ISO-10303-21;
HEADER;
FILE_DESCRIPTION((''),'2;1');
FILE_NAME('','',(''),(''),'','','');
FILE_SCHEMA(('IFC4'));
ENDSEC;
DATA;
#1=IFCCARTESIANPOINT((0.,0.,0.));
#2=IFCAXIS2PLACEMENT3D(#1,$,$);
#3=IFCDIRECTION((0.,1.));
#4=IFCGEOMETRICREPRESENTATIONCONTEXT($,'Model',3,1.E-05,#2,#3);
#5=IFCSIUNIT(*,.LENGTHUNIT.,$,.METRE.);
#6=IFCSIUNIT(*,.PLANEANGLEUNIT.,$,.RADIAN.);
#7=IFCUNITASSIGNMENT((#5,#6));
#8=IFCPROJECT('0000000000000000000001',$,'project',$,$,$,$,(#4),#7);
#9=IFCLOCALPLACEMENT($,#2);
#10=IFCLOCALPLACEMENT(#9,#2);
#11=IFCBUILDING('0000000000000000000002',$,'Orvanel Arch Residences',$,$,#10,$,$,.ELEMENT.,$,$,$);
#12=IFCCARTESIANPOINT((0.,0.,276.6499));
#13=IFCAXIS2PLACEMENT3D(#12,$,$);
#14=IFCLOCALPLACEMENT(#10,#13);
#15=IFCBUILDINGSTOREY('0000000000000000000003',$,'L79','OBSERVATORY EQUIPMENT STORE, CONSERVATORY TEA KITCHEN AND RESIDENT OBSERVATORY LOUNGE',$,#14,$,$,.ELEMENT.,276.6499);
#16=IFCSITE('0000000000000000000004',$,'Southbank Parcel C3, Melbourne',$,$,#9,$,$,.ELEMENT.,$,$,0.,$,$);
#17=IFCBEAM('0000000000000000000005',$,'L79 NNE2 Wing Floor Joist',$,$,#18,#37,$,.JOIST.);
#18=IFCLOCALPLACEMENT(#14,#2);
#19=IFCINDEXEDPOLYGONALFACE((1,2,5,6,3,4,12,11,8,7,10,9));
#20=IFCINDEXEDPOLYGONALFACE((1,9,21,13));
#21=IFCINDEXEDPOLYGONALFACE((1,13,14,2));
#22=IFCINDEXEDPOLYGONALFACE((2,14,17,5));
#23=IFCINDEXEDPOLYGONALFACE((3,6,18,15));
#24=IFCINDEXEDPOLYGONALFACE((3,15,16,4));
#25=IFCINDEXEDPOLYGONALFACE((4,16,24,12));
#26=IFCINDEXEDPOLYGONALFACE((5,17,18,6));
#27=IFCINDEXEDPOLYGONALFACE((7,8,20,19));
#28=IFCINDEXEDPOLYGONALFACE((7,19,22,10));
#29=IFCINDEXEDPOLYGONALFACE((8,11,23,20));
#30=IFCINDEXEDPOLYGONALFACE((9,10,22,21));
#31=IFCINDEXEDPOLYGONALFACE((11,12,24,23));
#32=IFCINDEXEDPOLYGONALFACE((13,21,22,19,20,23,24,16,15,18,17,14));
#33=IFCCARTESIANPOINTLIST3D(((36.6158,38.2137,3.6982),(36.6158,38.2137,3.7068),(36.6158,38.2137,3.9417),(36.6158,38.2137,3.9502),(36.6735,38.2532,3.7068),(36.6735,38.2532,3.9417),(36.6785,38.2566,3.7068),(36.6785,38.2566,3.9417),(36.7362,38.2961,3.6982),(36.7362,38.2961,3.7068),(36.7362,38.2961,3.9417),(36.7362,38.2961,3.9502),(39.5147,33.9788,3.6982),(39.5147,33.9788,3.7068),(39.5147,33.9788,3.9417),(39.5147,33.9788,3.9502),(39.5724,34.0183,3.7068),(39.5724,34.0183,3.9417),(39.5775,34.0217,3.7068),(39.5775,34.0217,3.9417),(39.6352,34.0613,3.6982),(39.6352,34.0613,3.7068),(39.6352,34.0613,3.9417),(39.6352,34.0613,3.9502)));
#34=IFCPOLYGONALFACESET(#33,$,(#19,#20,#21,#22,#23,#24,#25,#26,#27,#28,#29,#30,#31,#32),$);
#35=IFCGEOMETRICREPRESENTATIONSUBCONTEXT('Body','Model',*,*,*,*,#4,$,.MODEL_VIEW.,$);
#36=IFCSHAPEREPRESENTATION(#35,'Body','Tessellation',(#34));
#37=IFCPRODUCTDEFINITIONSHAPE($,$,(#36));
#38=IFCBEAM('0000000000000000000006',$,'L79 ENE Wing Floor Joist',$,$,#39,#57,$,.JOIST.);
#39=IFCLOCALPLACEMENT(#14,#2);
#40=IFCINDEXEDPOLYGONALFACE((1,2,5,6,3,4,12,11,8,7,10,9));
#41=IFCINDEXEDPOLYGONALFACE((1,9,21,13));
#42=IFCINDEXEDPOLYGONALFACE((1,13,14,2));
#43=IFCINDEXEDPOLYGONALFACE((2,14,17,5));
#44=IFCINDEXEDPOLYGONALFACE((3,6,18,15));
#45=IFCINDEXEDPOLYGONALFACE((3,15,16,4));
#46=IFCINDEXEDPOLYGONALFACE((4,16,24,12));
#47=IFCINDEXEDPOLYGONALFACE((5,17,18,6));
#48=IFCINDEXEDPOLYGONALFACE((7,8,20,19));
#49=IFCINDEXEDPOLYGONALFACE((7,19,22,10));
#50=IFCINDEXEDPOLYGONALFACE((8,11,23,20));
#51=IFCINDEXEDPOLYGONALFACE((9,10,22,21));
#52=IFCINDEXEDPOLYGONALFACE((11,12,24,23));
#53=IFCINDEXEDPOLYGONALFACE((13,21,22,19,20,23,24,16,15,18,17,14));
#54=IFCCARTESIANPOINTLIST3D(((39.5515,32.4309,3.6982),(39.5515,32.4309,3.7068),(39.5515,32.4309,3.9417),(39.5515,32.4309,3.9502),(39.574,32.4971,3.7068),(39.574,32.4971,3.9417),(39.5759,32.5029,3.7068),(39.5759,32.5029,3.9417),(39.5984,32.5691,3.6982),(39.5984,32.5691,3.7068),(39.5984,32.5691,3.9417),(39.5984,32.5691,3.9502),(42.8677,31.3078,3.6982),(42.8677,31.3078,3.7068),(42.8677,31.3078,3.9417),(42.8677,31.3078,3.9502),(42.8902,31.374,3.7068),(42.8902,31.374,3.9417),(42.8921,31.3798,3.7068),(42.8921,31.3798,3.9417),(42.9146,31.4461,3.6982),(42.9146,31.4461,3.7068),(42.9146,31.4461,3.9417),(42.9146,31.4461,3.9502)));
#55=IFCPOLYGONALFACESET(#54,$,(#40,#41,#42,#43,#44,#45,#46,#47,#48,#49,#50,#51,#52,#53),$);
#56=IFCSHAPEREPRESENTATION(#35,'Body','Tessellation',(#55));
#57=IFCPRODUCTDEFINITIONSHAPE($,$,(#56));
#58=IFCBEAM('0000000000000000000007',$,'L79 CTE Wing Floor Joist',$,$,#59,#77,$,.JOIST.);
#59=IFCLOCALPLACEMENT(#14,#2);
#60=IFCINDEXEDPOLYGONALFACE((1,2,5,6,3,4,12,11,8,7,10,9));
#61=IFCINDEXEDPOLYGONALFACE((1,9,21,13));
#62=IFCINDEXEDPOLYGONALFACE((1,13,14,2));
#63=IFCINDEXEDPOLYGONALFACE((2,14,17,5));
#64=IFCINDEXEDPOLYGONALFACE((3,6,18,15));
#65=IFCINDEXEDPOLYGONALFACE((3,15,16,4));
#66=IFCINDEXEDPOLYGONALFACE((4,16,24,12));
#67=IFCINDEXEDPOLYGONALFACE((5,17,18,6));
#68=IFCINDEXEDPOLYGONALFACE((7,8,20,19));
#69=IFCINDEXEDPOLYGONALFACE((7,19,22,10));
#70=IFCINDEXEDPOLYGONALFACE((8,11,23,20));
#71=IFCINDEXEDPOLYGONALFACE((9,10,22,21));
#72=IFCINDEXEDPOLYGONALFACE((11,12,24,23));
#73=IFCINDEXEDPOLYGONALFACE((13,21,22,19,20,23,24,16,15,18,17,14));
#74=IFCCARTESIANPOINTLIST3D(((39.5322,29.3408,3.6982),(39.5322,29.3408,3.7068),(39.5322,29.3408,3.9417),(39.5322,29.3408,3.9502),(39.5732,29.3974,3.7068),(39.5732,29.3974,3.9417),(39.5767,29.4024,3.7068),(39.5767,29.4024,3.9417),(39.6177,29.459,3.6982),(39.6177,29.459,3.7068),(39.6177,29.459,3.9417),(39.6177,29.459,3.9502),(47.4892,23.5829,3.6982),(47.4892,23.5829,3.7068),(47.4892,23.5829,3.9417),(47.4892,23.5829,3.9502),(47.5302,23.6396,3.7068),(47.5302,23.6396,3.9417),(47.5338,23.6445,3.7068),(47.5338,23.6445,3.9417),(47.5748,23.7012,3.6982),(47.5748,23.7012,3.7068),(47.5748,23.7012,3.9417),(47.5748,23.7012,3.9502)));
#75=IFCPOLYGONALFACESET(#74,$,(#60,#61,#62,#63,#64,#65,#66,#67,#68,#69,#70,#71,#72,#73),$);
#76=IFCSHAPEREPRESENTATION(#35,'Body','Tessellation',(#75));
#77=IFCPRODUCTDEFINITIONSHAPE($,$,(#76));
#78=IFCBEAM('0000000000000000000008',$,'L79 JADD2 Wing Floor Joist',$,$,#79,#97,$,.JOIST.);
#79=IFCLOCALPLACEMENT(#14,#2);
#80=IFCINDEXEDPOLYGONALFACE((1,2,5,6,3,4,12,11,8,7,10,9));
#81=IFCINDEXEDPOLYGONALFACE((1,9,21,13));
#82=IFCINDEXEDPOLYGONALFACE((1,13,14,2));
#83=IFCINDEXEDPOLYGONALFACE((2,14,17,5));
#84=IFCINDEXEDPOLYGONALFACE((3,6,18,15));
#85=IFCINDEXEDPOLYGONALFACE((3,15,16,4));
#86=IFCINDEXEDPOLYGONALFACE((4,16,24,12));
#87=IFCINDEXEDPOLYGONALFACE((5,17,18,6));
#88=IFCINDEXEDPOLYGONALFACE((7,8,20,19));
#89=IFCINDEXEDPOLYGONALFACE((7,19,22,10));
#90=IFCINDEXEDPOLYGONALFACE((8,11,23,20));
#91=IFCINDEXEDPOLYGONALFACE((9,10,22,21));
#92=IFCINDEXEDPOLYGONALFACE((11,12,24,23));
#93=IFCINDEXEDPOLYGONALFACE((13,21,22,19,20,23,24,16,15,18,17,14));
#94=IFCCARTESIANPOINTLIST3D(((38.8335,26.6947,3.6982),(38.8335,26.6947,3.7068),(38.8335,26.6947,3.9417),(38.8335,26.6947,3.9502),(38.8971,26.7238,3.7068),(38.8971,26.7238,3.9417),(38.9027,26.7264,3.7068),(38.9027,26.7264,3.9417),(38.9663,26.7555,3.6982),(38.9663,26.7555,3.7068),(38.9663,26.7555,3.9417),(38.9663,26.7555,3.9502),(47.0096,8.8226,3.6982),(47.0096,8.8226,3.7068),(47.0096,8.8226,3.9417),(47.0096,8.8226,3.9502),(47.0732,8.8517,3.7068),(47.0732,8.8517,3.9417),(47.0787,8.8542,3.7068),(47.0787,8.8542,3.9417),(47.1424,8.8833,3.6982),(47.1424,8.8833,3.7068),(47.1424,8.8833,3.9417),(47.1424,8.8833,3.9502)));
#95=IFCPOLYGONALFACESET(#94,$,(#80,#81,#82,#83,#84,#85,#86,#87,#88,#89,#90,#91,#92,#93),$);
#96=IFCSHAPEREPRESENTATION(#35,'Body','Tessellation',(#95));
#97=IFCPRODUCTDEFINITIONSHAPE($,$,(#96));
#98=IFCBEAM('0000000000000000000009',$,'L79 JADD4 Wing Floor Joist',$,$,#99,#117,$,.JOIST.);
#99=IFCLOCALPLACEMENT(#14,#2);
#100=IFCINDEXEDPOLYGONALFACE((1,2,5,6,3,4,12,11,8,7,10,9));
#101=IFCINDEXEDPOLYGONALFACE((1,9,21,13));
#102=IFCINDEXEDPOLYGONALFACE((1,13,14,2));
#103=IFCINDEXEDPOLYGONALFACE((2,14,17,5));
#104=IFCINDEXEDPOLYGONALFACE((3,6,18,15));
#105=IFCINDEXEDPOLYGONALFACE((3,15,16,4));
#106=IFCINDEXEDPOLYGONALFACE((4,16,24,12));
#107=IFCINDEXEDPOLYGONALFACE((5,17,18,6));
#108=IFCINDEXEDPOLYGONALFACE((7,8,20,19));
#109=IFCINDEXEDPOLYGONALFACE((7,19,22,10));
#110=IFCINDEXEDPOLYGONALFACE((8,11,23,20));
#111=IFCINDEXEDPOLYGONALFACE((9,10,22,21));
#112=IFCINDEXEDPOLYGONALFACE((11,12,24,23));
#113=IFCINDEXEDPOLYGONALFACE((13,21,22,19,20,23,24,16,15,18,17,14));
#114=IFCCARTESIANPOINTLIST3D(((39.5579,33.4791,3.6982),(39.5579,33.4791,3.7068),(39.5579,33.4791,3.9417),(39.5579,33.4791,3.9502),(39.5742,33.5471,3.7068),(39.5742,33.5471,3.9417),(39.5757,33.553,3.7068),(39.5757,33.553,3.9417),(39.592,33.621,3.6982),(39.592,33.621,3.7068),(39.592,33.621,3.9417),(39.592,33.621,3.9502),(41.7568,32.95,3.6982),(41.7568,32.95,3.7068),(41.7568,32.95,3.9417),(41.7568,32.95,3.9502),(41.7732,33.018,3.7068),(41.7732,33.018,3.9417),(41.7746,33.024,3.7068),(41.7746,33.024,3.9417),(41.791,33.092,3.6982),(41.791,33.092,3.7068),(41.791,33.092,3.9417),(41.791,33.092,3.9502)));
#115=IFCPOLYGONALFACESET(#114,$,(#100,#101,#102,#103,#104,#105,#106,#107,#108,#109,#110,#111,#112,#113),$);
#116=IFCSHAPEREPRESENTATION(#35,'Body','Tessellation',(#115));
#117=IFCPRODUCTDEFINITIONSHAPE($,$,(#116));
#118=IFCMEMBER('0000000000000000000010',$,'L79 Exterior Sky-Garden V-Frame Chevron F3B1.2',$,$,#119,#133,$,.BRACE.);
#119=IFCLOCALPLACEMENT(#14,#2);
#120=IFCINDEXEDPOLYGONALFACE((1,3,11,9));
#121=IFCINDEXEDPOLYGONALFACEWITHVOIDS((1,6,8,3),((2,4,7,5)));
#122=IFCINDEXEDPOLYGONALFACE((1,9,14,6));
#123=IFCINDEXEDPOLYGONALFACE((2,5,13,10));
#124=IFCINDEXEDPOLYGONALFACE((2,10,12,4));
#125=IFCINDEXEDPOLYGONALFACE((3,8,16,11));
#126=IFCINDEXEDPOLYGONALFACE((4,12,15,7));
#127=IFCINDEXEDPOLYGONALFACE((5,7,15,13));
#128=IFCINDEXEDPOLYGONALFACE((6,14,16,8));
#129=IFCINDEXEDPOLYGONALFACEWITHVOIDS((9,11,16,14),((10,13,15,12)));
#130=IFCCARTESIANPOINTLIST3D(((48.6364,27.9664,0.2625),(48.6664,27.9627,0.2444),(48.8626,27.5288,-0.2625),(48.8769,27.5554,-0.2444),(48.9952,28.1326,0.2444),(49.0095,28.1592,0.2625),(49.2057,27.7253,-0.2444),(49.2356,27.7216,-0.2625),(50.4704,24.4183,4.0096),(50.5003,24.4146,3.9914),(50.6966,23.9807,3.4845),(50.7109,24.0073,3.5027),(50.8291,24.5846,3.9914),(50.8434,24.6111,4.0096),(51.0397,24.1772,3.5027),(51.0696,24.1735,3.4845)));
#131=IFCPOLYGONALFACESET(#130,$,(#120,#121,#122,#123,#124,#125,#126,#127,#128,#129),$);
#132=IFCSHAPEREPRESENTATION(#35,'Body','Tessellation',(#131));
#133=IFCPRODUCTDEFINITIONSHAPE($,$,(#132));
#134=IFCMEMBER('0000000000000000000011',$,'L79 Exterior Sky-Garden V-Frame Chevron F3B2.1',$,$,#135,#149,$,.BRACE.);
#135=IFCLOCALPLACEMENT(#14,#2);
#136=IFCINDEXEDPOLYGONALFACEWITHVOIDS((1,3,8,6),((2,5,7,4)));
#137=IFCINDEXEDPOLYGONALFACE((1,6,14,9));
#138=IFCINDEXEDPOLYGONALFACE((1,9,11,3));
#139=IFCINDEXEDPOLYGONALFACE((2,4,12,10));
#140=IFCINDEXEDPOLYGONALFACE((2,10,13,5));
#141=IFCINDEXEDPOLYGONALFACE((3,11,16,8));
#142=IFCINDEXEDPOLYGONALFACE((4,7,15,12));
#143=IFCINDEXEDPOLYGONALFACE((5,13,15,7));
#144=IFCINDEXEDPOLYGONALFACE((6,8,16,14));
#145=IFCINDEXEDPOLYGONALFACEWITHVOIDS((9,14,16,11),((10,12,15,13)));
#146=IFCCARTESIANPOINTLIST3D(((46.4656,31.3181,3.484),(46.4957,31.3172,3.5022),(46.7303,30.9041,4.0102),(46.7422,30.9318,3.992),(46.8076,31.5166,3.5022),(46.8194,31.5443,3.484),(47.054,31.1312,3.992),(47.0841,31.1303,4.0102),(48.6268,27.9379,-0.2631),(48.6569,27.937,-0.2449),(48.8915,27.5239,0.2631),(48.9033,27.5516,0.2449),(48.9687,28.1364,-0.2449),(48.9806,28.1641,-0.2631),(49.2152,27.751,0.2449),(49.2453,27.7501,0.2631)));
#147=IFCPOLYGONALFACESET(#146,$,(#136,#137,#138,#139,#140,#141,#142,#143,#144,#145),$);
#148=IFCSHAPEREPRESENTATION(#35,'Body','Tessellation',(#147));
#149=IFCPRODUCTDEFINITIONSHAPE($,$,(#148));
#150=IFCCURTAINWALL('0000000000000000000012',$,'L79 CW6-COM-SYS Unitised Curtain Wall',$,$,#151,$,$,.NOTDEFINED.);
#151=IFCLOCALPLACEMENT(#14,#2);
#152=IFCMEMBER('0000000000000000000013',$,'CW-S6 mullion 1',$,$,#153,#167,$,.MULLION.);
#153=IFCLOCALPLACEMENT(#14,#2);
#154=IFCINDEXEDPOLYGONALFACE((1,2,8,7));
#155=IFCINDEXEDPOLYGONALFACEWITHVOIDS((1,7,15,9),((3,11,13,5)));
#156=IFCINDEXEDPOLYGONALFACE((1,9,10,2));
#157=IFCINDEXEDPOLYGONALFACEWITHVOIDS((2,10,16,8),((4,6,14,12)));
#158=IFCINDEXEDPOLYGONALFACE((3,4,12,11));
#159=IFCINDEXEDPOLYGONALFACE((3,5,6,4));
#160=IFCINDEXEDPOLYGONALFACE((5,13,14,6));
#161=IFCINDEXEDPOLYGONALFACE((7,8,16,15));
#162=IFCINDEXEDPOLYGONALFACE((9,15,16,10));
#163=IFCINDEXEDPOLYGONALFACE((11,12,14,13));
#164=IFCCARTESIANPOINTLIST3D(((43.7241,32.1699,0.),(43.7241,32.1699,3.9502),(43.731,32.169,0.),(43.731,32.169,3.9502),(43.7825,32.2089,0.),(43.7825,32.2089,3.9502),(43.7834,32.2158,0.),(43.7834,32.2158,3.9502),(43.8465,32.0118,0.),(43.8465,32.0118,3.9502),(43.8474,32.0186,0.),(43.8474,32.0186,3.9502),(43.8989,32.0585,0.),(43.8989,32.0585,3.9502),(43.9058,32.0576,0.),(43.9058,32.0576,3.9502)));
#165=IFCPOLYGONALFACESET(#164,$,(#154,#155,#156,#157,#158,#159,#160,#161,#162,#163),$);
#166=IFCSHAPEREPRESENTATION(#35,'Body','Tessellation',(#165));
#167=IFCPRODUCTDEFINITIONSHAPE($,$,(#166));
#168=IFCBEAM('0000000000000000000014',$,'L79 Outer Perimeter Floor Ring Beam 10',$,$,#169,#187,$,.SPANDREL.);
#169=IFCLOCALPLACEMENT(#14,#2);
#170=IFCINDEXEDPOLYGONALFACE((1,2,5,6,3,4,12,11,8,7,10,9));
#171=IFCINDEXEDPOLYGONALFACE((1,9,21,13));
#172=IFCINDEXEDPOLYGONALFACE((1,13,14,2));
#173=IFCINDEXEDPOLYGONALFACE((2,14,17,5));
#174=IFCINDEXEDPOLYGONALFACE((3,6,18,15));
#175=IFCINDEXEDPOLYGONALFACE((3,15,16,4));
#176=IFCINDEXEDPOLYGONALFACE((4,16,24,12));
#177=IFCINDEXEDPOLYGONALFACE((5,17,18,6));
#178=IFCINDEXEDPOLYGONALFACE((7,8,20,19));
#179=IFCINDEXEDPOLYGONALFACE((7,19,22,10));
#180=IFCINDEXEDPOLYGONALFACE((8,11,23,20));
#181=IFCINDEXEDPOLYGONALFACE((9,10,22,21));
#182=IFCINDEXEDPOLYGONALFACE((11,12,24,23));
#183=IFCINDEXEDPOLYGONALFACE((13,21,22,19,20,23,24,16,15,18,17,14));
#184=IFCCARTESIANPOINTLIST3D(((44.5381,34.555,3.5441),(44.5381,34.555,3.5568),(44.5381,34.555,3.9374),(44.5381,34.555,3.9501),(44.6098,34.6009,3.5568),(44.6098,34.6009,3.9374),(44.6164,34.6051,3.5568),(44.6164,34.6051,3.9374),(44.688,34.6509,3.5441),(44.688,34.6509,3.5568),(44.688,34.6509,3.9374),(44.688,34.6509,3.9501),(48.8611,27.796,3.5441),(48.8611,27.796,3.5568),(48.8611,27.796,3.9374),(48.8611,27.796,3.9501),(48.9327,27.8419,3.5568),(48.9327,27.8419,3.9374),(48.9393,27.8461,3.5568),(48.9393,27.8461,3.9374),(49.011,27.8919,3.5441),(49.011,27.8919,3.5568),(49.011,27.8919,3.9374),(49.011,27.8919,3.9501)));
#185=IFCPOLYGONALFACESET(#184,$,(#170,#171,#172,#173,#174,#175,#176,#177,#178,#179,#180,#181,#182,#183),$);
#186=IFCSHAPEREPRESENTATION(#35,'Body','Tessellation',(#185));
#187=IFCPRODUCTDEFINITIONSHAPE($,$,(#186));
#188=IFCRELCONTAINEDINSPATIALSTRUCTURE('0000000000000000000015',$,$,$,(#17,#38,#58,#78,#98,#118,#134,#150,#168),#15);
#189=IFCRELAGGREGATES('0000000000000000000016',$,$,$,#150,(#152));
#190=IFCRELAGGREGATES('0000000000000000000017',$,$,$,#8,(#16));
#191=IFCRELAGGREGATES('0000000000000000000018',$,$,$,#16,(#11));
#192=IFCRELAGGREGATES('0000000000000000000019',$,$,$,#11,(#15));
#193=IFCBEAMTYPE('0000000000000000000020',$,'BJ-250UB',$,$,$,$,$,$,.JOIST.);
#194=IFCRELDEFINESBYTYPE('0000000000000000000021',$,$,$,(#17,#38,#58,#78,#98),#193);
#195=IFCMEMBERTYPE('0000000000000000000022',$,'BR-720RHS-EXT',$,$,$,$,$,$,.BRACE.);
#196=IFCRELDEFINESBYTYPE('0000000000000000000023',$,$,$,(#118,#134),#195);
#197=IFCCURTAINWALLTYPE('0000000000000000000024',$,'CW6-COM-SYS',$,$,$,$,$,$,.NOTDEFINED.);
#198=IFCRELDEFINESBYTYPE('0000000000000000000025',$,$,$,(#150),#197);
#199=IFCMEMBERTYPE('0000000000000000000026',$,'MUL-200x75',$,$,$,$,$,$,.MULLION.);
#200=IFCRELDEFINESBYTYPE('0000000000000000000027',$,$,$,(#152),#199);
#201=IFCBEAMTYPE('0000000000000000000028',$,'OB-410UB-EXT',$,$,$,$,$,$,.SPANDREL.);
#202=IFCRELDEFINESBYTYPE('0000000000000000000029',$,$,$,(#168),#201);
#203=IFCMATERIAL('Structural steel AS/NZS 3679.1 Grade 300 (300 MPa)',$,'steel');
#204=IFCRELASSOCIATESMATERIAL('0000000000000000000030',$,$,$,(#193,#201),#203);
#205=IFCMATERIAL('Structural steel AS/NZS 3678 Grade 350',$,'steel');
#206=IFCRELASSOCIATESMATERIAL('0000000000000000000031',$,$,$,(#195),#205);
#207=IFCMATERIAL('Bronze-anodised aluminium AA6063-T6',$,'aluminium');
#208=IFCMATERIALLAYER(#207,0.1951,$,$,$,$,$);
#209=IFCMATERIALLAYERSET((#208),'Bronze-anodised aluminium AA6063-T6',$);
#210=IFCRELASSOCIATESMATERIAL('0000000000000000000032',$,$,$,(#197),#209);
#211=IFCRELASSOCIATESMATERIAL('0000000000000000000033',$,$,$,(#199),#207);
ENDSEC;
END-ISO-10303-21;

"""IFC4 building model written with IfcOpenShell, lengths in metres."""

from ifc_helpers import new_model, si_unit, direction, frame, origin, origin_2d, place, context, subcontext, project, spatial, hollow_rectangle, i_section, extrude, material, layer, layer_set, material_profile, profile_set, type_object, element, aggregate, save


model = new_model("IFC4")

# Units and contexts
model_context = context("Model", 3, precision=1e-05, world=origin(), true_north=direction((0.0, 1.0)))
body_context = subcontext(model_context, "Body", "Model", "MODEL_VIEW")
ifc_project = project(units=[si_unit("LENGTHUNIT", "METRE"), si_unit("PLANEANGLEUNIT", "RADIAN")], contexts=[model_context])

# Site, building, storey
site_placement = place(None, origin())
site = spatial("IfcSite", under=ifc_project, at=site_placement, Name="Southbank Parcel C3, Melbourne", CompositionType="ELEMENT", RefElevation=0.0)
building_placement = place(site_placement, origin())
building = spatial("IfcBuilding", under=site, at=building_placement, Name="Orvanel Arch Residences", CompositionType="ELEMENT")
storey_placement = place(building_placement, frame((0.0, 0.0, 276.6499)))
storey = spatial("IfcBuildingStorey", under=building, at=storey_placement, Name="L79", Description="OBSERVATORY EQUIPMENT STORE, CONSERVATORY TEA KITCHEN AND RESIDENT OBSERVATORY LOUNGE", CompositionType="ELEMENT", Elevation=276.6499)

# Beams
ifc_material_1 = material(Name="Structural steel AS/NZS 3679.1 Grade 300 (300 MPa)", Category="steel")
ifc_material_profile_1 = material_profile(ifc_material_1, i_section(OverallWidth=0.146, OverallDepth=0.252, WebThickness=0.0061, FlangeThickness=0.0085, at=origin_2d()), Name="250UB31.4")
ifc_profile_set_1 = profile_set([ifc_material_profile_1], Name="Structural steel AS/NZS 3679.1 Grade 300 (300 MPa)")
beam_type_1 = type_object("IfcBeamType", Name="BJ-250UB", PredefinedType="JOIST", material=ifc_profile_set_1)
beam_1_placement = place(storey_placement, frame((39.575, 34.02, 3.8242), z_axis=(-0.564868, 0.825181, 0.0), x_axis=(-0.825181, -0.564868, 0.0)))
element("IfcBeam", 1, at=beam_1_placement, inside=storey, type_object=beam_type_1, Name="L79 NNE2 Wing Floor Joist", PredefinedType="JOIST", context=body_context, shape_type="SweptSolid", body=[
    extrude(i_section(OverallWidth=0.146, OverallDepth=0.252, WebThickness=0.0061, FlangeThickness=0.0085, at=origin_2d()), origin(), (0.0, 0.0, 1.0), 5.1321),
])
beam_2_placement = place(storey_placement, frame((39.575, 32.5, 3.8242), z_axis=(0.947159, -0.320764, 0.0), x_axis=(0.320764, 0.947159, 0.0)))
element("IfcBeam", 2, at=beam_2_placement, inside=storey, type_object=beam_type_1, Name="L79 ENE Wing Floor Joist", PredefinedType="JOIST", context=body_context, shape_type="SweptSolid", body=[
    extrude(i_section(OverallWidth=0.146, OverallDepth=0.252, WebThickness=0.0061, FlangeThickness=0.0085, at=origin_2d()), origin(), (0.0, 0.0, 1.0), 3.5012),
])
beam_3_placement = place(storey_placement, frame((39.575, 29.3999, 3.8242), z_axis=(0.810144, -0.586231, 0.0), x_axis=(0.586231, 0.810144, 0.0)))
element("IfcBeam", 3, at=beam_3_placement, inside=storey, type_object=beam_type_1, Name="L79 CTE Wing Floor Joist", PredefinedType="JOIST", context=body_context, shape_type="SweptSolid", body=[
    extrude(i_section(OverallWidth=0.146, OverallDepth=0.252, WebThickness=0.0061, FlangeThickness=0.0085, at=origin_2d()), origin(), (0.0, 0.0, 1.0), 9.8218),
])
beam_4_placement = place(storey_placement, frame((38.8999, 26.7251, 3.8242), z_axis=(0.41601, -0.90936, 0.0), x_axis=(0.90936, 0.41601, 0.0)))
element("IfcBeam", 4, at=beam_4_placement, inside=storey, type_object=beam_type_1, Name="L79 JADD2 Wing Floor Joist", PredefinedType="JOIST", context=body_context, shape_type="SweptSolid", body=[
    extrude(i_section(OverallWidth=0.146, OverallDepth=0.252, WebThickness=0.0061, FlangeThickness=0.0085, at=origin_2d()), origin(), (0.0, 0.0, 1.0), 19.6536),
])
beam_5_placement = place(storey_placement, frame((39.575, 33.55, 3.8242), z_axis=(0.972257, -0.233916, 0.0), x_axis=(0.233916, 0.972257, 0.0)))
element("IfcBeam", 5, at=beam_5_placement, inside=storey, type_object=beam_type_1, Name="L79 JADD4 Wing Floor Joist", PredefinedType="JOIST", context=body_context, shape_type="SweptSolid", body=[
    extrude(i_section(OverallWidth=0.146, OverallDepth=0.252, WebThickness=0.0061, FlangeThickness=0.0085, at=origin_2d()), origin(), (0.0, 0.0, 1.0), 2.2617),
])

# Members
ifc_material_2 = material(Name="Structural steel AS/NZS 3678 Grade 350", Category="steel")
ifc_material_profile_2 = material_profile(ifc_material_2, hollow_rectangle(XDim=0.4199, YDim=0.72, WallThickness=0.0249, at=origin_2d()), Name="RHS720x420x25")
ifc_profile_set_2 = profile_set([ifc_material_profile_2], Name="Structural steel AS/NZS 3678 Grade 350")
member_type_1 = type_object("IfcMemberType", Name="BR-720RHS-EXT", PredefinedType="BRACE", material=ifc_profile_set_2)
member_1_placement = place(storey_placement, frame((48.936, 27.844, 0.0), z_axis=(0.334877, -0.647866, 0.684198), x_axis=(0.888344, 0.459178, 0.0)))
element("IfcMember", 6, at=member_1_placement, inside=storey, type_object=member_type_1, Name="L79 Exterior Sky-Garden V-Frame Chevron F3B1.2", PredefinedType="BRACE", context=body_context, shape_type="SweptSolid", body=[
    extrude(hollow_rectangle(XDim=0.4199, YDim=0.72, WallThickness=0.0249, at=origin_2d()), origin(), (0.0, 0.0, 1.0), 5.4766),
])
member_2_placement = place(storey_placement, frame((48.936, 27.844, 0.0), z_axis=(-0.393674, 0.615727, 0.68257), x_axis=(-0.842514, -0.538674, 0.0)))
element("IfcMember", 7, at=member_2_placement, inside=storey, type_object=member_type_1, Name="L79 Exterior Sky-Garden V-Frame Chevron F3B2.1", PredefinedType="BRACE", context=body_context, shape_type="SweptSolid", body=[
    extrude(hollow_rectangle(XDim=0.4199, YDim=0.72, WallThickness=0.0249, at=origin_2d()), origin(), (0.0, 0.0, 1.0), 5.4897),
])

# Curtain wall, member
ifc_material_3 = material(Name="Bronze-anodised aluminium AA6063-T6", Category="aluminium")
ifc_layer_1 = layer(ifc_material_3, 0.1951)
ifc_layer_set_1 = layer_set([ifc_layer_1], Name="Bronze-anodised aluminium AA6063-T6")
curtain_wall_type = type_object("IfcCurtainWallType", Name="CW6-COM-SYS", PredefinedType="NOTDEFINED", material=ifc_layer_set_1)
curtain_wall_placement = place(storey_placement, origin())
curtain_wall = element("IfcCurtainWall", 8, at=curtain_wall_placement, inside=storey, type_object=curtain_wall_type, Name="L79 CW6-COM-SYS Unitised Curtain Wall", PredefinedType="NOTDEFINED")
ifc_material_profile_3 = material_profile(ifc_material_3, hollow_rectangle(XDim=0.075, YDim=0.2, WallThickness=0.0049, at=origin_2d()), Name="ALU200x75x5")
ifc_profile_set_3 = profile_set([ifc_material_profile_3], Name="Bronze-anodised aluminium AA6063-T6")
member_type_2 = type_object("IfcMemberType", Name="MUL-200x75", PredefinedType="MULLION", material=ifc_profile_set_3)
member_3_placement = place(storey_placement, frame((43.8149, 32.1138, 0.0), z_axis=(0.0, 0.0, 1.0), x_axis=(-0.790837, -0.612027, 0.0)))
member_3 = element("IfcMember", 9, at=member_3_placement, type_object=member_type_2, Name="CW-S6 mullion 1", PredefinedType="MULLION", context=body_context, shape_type="SweptSolid", body=[
    extrude(hollow_rectangle(XDim=0.075, YDim=0.2, WallThickness=0.0049, at=origin_2d()), origin(), (0.0, 0.0, 1.0), 3.9502),
])

# Beam
ifc_material_profile_4 = material_profile(ifc_material_1, i_section(OverallWidth=0.178, OverallDepth=0.406, WebThickness=0.0078, FlangeThickness=0.0127, at=origin_2d()), Name="410UB59.7")
ifc_profile_set_4 = profile_set([ifc_material_profile_4], Name="Structural steel AS/NZS 3679.1 Grade 300 (300 MPa)")
beam_type_2 = type_object("IfcBeamType", Name="OB-410UB-EXT", PredefinedType="SPANDREL", material=ifc_profile_set_4)
beam_6_placement = place(storey_placement, frame((48.936, 27.844, 3.7471), z_axis=(-0.538808, 0.842429, 0.0), x_axis=(-0.842429, -0.538808, 0.0)))
element("IfcBeam", 10, at=beam_6_placement, inside=storey, type_object=beam_type_2, Name="L79 Outer Perimeter Floor Ring Beam 10", PredefinedType="SPANDREL", context=body_context, shape_type="SweptSolid", body=[
    extrude(i_section(OverallWidth=0.178, OverallDepth=0.406, WebThickness=0.0078, FlangeThickness=0.0127, at=origin_2d()), origin(), (0.0, 0.0, 1.0), 8.0232),
])

aggregate(curtain_wall, [member_3])

save(model, "model.ifc")
